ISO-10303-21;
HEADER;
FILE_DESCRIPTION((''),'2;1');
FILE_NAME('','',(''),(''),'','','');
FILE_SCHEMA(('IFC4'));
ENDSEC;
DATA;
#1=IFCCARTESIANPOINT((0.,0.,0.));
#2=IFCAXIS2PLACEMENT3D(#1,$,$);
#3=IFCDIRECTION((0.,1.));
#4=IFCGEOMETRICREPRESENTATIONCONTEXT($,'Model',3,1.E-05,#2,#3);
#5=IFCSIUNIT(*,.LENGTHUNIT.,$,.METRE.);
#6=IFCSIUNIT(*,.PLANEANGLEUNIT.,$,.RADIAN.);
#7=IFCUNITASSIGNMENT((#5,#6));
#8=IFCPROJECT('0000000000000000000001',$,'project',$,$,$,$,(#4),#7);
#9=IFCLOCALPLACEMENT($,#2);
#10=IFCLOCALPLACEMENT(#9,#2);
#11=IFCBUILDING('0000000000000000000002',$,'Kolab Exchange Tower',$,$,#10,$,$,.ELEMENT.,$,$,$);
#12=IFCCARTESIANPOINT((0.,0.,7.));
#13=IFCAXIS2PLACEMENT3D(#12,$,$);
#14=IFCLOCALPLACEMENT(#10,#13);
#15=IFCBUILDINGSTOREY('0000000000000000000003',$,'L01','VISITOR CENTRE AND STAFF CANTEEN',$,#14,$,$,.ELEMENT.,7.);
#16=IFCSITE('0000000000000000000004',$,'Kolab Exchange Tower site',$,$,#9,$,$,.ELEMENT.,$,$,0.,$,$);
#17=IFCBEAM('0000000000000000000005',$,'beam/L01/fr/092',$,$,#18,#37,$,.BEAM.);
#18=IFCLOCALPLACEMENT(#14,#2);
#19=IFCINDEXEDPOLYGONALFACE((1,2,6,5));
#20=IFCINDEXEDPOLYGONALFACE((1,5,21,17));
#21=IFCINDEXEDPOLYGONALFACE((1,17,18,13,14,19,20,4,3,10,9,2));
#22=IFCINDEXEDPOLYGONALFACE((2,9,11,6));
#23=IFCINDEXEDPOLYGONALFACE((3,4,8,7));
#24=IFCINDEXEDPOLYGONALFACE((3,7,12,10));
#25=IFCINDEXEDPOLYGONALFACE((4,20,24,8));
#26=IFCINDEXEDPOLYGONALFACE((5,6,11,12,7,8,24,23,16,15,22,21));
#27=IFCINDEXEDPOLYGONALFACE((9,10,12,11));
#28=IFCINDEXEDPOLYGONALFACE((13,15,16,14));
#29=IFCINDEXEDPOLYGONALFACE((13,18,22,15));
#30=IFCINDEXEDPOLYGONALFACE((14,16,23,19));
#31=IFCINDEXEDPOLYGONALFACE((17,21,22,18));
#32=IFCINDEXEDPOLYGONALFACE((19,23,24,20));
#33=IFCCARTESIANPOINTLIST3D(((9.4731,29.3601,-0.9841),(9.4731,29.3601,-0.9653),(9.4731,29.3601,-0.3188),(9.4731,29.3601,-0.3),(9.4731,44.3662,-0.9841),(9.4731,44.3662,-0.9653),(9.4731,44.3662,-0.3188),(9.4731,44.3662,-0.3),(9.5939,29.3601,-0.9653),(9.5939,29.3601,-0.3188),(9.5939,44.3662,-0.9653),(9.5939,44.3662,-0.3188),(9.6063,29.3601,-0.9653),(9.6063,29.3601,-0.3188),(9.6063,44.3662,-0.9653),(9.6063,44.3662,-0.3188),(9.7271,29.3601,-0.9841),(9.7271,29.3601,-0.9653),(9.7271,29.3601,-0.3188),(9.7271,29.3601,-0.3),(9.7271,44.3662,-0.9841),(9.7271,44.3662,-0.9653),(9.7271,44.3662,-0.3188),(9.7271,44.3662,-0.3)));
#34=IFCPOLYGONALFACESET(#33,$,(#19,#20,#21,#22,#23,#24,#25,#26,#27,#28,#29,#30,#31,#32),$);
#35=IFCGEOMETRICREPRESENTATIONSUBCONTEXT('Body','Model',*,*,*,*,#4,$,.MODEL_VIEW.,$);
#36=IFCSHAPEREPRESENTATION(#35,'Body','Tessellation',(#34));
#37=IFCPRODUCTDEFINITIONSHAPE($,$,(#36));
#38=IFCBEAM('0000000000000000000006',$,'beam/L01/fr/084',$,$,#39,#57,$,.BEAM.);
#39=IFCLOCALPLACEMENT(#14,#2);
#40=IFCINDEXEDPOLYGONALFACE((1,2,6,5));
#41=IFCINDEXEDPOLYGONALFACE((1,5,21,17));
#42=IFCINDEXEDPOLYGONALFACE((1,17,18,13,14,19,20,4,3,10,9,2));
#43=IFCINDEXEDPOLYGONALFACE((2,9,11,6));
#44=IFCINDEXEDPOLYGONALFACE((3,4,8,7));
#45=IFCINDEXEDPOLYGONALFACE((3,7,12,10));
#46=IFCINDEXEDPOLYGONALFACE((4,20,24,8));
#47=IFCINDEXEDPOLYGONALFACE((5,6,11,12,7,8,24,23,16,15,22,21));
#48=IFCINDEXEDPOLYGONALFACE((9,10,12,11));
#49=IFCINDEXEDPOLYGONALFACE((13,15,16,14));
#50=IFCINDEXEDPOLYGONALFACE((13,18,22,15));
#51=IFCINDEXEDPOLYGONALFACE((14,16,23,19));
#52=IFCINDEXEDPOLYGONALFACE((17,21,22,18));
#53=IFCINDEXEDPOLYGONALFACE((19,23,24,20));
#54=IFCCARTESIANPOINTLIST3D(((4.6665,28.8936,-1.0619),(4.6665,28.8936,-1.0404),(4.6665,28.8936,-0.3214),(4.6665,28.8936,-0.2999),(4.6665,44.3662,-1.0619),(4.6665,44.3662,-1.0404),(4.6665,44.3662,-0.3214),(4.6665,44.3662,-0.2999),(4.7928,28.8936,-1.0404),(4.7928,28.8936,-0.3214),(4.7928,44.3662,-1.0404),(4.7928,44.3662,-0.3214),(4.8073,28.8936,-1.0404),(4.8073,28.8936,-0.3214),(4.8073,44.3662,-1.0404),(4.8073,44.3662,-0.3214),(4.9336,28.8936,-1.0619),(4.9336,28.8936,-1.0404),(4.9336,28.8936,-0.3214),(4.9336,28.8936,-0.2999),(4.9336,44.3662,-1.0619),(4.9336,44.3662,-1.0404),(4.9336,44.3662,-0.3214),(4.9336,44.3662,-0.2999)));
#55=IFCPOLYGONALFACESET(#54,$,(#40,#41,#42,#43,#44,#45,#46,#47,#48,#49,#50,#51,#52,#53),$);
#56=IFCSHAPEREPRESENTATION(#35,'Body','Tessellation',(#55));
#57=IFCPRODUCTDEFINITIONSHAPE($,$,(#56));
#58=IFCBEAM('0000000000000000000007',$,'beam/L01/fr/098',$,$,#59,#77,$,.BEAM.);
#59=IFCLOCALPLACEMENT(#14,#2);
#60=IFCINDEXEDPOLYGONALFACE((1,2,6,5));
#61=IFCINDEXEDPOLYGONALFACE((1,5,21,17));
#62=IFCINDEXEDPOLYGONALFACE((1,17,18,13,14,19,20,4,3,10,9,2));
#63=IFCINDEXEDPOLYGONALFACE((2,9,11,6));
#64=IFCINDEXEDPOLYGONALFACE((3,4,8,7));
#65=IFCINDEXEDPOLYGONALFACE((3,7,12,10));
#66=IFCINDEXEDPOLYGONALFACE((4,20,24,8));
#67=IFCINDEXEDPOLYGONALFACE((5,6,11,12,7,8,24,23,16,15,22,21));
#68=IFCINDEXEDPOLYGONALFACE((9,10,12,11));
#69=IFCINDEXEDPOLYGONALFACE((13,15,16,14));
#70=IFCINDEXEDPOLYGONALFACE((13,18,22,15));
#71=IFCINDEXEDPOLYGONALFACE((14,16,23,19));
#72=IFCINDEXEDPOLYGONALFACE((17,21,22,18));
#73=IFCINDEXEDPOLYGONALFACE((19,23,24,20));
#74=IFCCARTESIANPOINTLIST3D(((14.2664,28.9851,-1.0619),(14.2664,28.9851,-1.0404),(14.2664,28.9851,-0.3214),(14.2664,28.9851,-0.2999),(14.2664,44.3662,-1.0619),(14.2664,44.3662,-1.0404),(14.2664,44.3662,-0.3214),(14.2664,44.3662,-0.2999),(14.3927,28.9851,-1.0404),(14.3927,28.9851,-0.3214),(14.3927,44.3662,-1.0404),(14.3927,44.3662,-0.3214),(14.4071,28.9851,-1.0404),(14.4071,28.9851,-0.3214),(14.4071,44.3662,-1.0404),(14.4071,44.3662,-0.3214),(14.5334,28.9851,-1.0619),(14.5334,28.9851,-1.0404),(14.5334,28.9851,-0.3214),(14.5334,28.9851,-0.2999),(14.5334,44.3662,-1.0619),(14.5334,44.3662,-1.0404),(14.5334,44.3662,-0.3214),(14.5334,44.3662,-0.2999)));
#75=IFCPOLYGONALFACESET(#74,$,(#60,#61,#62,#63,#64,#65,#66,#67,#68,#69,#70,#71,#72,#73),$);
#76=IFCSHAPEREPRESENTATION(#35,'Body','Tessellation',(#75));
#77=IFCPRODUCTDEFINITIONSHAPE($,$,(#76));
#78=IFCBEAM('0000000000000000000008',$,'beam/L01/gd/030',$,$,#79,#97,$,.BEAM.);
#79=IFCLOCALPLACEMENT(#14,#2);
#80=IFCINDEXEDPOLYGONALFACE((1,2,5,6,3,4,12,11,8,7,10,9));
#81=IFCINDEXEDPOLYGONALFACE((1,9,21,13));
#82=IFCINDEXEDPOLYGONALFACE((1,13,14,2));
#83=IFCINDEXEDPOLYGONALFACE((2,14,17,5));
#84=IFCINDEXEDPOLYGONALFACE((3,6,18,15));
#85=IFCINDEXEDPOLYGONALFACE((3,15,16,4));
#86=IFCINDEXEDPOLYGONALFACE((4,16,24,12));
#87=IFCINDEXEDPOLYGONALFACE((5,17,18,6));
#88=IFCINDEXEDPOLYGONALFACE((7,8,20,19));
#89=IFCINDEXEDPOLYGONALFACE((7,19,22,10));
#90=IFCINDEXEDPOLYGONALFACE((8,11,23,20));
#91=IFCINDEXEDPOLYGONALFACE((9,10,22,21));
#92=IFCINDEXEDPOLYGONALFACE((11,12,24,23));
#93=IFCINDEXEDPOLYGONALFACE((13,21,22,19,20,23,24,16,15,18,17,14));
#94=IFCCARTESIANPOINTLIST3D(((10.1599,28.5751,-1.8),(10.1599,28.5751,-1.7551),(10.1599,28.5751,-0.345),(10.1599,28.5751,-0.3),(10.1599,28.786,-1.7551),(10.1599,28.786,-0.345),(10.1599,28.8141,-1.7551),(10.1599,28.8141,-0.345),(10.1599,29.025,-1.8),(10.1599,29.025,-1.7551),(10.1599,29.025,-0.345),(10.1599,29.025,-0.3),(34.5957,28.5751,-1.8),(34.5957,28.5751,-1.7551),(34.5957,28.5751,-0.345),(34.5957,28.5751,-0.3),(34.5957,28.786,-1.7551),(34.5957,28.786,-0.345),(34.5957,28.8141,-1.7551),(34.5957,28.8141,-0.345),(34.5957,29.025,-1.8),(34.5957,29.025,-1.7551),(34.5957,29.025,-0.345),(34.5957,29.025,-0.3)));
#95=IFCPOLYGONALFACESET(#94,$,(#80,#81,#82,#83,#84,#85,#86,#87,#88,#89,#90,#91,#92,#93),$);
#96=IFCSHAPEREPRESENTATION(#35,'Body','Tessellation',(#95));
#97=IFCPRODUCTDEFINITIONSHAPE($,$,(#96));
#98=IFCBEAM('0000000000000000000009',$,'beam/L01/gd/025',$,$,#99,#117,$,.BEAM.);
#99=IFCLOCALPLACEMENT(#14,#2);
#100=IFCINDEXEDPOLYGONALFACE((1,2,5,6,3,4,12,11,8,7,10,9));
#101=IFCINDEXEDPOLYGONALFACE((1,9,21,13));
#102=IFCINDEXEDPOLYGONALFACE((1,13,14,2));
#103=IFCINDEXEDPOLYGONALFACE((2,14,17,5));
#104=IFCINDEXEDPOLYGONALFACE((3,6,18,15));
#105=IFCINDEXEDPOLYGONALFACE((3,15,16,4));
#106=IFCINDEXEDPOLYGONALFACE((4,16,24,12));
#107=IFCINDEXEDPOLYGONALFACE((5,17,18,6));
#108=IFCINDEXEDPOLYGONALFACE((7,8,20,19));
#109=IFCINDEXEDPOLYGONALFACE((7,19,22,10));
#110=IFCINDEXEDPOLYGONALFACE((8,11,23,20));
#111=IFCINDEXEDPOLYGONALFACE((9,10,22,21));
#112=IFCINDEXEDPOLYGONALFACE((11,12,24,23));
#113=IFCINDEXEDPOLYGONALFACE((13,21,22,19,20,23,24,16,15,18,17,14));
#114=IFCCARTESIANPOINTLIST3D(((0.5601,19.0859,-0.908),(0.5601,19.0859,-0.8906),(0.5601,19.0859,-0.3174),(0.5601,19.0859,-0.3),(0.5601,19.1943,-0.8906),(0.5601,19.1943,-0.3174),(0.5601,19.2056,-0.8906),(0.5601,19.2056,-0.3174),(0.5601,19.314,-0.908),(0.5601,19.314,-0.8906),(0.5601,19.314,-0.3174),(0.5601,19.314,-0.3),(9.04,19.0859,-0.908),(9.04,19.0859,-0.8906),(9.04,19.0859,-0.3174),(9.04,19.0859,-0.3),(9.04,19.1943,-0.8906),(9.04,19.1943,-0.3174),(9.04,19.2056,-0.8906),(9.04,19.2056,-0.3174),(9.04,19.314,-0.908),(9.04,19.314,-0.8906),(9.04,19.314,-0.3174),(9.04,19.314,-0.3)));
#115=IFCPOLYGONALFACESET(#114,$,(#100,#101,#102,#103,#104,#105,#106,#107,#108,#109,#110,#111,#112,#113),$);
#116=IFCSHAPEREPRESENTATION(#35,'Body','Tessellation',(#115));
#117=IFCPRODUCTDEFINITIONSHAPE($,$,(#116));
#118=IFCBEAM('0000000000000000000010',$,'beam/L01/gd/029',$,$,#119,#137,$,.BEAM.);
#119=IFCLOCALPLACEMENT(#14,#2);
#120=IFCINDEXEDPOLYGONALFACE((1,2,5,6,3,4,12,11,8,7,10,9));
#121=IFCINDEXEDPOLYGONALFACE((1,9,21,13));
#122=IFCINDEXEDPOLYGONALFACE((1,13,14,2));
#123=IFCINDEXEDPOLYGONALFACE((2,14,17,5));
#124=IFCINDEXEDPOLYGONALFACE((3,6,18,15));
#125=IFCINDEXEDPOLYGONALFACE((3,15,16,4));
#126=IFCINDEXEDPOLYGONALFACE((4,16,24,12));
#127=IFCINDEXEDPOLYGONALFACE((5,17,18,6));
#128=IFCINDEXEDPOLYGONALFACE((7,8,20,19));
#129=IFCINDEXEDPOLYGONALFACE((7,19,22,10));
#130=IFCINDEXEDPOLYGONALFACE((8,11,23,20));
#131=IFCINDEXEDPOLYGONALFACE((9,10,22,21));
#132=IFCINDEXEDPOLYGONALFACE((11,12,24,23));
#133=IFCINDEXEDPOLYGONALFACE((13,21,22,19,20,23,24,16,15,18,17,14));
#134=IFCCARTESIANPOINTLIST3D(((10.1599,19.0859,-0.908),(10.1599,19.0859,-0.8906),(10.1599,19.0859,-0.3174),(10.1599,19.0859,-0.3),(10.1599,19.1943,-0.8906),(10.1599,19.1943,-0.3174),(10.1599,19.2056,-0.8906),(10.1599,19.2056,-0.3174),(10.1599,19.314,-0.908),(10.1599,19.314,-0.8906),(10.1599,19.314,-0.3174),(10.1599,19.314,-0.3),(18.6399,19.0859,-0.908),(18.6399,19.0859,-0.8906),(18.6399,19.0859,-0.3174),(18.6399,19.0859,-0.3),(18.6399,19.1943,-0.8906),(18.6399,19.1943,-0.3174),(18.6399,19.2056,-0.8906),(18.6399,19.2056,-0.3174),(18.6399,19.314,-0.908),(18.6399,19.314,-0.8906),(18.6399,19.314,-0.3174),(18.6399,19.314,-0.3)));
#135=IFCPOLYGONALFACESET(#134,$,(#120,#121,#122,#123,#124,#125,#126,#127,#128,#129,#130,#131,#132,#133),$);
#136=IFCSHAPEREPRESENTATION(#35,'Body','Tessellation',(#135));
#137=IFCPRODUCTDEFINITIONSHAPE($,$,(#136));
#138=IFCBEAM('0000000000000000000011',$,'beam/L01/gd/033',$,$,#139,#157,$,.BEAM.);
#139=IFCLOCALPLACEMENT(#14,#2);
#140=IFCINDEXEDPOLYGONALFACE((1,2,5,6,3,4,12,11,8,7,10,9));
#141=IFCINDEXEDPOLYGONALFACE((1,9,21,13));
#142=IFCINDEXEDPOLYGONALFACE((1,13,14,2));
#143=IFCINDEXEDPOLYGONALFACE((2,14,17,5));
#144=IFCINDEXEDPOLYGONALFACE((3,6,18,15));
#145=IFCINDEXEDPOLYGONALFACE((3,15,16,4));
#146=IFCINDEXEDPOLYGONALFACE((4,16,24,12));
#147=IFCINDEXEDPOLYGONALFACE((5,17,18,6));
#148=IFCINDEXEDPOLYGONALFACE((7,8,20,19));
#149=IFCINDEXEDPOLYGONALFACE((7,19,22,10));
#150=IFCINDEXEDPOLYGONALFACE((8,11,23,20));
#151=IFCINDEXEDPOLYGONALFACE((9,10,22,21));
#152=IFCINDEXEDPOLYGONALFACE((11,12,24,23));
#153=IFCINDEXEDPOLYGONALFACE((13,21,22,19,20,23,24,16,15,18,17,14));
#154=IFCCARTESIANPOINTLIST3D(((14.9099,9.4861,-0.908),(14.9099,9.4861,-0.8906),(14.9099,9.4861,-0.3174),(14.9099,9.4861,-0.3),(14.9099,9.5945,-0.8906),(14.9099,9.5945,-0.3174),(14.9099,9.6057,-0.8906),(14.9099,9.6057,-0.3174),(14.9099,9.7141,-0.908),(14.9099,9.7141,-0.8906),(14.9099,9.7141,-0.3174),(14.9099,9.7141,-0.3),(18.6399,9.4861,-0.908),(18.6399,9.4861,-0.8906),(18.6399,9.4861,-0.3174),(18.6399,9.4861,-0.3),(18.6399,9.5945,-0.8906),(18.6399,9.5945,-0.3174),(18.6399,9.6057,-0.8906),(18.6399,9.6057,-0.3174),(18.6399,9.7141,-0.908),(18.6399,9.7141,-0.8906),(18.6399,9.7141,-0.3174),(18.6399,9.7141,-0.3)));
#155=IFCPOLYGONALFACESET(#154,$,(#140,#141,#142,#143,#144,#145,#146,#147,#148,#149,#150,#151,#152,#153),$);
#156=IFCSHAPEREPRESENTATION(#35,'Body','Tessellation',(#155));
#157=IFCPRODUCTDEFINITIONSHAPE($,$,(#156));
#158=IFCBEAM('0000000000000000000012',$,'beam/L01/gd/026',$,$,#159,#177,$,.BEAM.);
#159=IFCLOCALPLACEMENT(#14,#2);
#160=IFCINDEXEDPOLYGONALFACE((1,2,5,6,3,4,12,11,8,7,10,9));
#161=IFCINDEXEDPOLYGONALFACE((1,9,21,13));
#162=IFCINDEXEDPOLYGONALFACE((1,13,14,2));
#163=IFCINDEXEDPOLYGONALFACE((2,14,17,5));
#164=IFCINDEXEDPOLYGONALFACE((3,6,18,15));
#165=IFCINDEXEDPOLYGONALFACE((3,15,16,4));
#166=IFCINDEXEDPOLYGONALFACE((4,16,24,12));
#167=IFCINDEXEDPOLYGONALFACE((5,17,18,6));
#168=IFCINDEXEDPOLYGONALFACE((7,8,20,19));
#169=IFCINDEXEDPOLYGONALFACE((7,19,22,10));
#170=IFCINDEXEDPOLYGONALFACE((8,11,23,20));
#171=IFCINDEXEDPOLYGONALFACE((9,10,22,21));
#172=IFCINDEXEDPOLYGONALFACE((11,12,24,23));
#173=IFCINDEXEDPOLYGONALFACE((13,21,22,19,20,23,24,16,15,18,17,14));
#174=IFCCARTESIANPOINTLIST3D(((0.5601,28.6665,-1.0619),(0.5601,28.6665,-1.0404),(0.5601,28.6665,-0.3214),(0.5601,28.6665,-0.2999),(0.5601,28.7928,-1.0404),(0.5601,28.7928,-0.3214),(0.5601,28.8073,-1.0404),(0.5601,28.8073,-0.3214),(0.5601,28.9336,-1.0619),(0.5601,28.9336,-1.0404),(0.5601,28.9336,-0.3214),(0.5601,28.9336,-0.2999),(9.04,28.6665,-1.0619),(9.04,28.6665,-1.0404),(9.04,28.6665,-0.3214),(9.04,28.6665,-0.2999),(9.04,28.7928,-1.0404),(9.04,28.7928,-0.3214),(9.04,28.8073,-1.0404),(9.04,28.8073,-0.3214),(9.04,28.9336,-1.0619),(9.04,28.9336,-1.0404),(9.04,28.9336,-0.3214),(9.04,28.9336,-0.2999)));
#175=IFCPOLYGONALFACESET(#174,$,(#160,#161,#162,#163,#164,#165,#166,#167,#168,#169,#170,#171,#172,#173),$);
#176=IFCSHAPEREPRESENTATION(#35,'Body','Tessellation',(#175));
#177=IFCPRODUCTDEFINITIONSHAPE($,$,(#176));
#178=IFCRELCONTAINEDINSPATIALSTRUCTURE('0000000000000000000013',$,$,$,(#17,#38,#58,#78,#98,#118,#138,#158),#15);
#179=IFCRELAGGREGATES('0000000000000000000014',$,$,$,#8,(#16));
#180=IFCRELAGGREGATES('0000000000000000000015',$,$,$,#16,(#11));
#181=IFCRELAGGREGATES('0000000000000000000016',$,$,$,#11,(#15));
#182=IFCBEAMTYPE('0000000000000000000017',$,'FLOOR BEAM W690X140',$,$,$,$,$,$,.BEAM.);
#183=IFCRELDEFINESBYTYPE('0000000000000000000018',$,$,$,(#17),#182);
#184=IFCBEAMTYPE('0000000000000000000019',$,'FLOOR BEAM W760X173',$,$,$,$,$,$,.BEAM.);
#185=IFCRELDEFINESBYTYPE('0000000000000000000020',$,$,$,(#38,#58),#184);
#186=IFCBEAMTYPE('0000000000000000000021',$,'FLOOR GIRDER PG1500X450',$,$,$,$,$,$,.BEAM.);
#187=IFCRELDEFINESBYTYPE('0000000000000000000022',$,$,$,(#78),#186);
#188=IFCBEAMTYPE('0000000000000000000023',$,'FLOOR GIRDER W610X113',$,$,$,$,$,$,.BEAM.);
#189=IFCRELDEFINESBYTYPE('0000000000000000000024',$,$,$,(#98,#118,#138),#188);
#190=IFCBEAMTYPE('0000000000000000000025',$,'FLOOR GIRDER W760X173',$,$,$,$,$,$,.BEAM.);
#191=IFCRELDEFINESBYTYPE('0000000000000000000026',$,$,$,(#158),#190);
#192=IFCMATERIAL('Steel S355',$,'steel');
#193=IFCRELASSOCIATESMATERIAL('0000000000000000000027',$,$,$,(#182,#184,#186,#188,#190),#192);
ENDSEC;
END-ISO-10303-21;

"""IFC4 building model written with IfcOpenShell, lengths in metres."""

from ifc_helpers import new_model, si_unit, direction, frame, origin, origin_2d, place, context, subcontext, project, spatial, i_section, extrude, material, material_profile, profile_set, type_object, element, save


model = new_model("IFC4")

# Units and contexts
model_context = context("Model", 3, precision=1e-05, world=origin(), true_north=direction((0.0, 1.0)))
body_context = subcontext(model_context, "Body", "Model", "MODEL_VIEW")
ifc_project = project(units=[si_unit("LENGTHUNIT", "METRE"), si_unit("PLANEANGLEUNIT", "RADIAN")], contexts=[model_context])

# Site, building, storey
site_placement = place(None, origin())
site = spatial("IfcSite", under=ifc_project, at=site_placement, Name="Kolab Exchange Tower site", CompositionType="ELEMENT", RefElevation=0.0)
building_placement = place(site_placement, origin())
building = spatial("IfcBuilding", under=site, at=building_placement, Name="Kolab Exchange Tower", CompositionType="ELEMENT")
storey_placement = place(building_placement, frame((0.0, 0.0, 7.0)))
storey = spatial("IfcBuildingStorey", under=building, at=storey_placement, Name="L01", Description="VISITOR CENTRE AND STAFF CANTEEN", CompositionType="ELEMENT", Elevation=7.0)

# Beams
ifc_material_1 = material(Name="Steel S355", Category="steel")
ifc_material_profile_1 = material_profile(ifc_material_1, i_section(OverallWidth=0.2539, OverallDepth=0.6841, WebThickness=0.0125, FlangeThickness=0.0188, at=origin_2d()), Name="W690X140")
ifc_profile_set_1 = profile_set([ifc_material_profile_1], Name="Steel S355")
beam_type_1 = type_object("IfcBeamType", Name="FLOOR BEAM W690X140", PredefinedType="BEAM", material=ifc_profile_set_1)
beam_1_placement = place(storey_placement, frame((9.6001, 29.3601, -0.6421), z_axis=(0.0, 1.0, 0.0), x_axis=(-1.0, 0.0, 0.0)))
element("IfcBeam", 1, at=beam_1_placement, inside=storey, type_object=beam_type_1, Name="beam/L01/fr/092", PredefinedType="BEAM", context=body_context, shape_type="SweptSolid", body=[
    extrude(i_section(OverallWidth=0.2539, OverallDepth=0.6841, WebThickness=0.0125, FlangeThickness=0.0188, at=origin_2d()), origin(), (0.0, 0.0, 1.0), 15.0061),
])
ifc_material_profile_2 = material_profile(ifc_material_1, i_section(OverallWidth=0.2671, OverallDepth=0.762, WebThickness=0.0144, FlangeThickness=0.0215, at=origin_2d()), Name="W760X173")
ifc_profile_set_2 = profile_set([ifc_material_profile_2], Name="Steel S355")
beam_type_2 = type_object("IfcBeamType", Name="FLOOR BEAM W760X173", PredefinedType="BEAM", material=ifc_profile_set_2)
beam_2_placement = place(storey_placement, frame((4.8, 28.8936, -0.6809), z_axis=(0.0, 1.0, 0.0), x_axis=(-1.0, 0.0, 0.0)))
element("IfcBeam", 2, at=beam_2_placement, inside=storey, type_object=beam_type_2, Name="beam/L01/fr/084", PredefinedType="BEAM", context=body_context, shape_type="SweptSolid", body=[
    extrude(i_section(OverallWidth=0.2671, OverallDepth=0.762, WebThickness=0.0144, FlangeThickness=0.0215, at=origin_2d()), origin(), (0.0, 0.0, 1.0), 15.4727),
])
beam_3_placement = place(storey_placement, frame((14.3999, 28.9851, -0.6809), z_axis=(0.0, 1.0, 0.0), x_axis=(-1.0, 0.0, 0.0)))
element("IfcBeam", 3, at=beam_3_placement, inside=storey, type_object=beam_type_2, Name="beam/L01/fr/098", PredefinedType="BEAM", context=body_context, shape_type="SweptSolid", body=[
    extrude(i_section(OverallWidth=0.2671, OverallDepth=0.762, WebThickness=0.0144, FlangeThickness=0.0215, at=origin_2d()), origin(), (0.0, 0.0, 1.0), 15.3811),
])
ifc_material_profile_3 = material_profile(ifc_material_1, i_section(OverallWidth=0.45, OverallDepth=1.5, WebThickness=0.0281, FlangeThickness=0.0449, at=origin_2d()), Name="PG1500X450")
ifc_profile_set_3 = profile_set([ifc_material_profile_3], Name="Steel S355")
beam_type_3 = type_object("IfcBeamType", Name="FLOOR GIRDER PG1500X450", PredefinedType="BEAM", material=ifc_profile_set_3)
beam_4_placement = place(storey_placement, frame((10.1599, 28.8, -1.05), z_axis=(1.0, 0.0, 0.0), x_axis=(0.0, 1.0, 0.0)))
element("IfcBeam", 4, at=beam_4_placement, inside=storey, type_object=beam_type_3, Name="beam/L01/gd/030", PredefinedType="BEAM", context=body_context, shape_type="SweptSolid", body=[
    extrude(i_section(OverallWidth=0.45, OverallDepth=1.5, WebThickness=0.0281, FlangeThickness=0.0449, at=origin_2d()), origin(), (0.0, 0.0, 1.0), 24.4358),
])
ifc_material_profile_4 = material_profile(ifc_material_1, i_section(OverallWidth=0.228, OverallDepth=0.6079, WebThickness=0.0112, FlangeThickness=0.0173, at=origin_2d()), Name="W610X113")
ifc_profile_set_4 = profile_set([ifc_material_profile_4], Name="Steel S355")
beam_type_4 = type_object("IfcBeamType", Name="FLOOR GIRDER W610X113", PredefinedType="BEAM", material=ifc_profile_set_4)
for number, where, z_axis, x_axis, name in (
    (5, (0.5601, 19.2, -0.604), (1.0, 0.0, 0.0), (0.0, 1.0, 0.0), "beam/L01/gd/025"),
    (6, (10.1599, 19.2, -0.604), (1.0, 0.0, 0.0), (0.0, 1.0, 0.0), "beam/L01/gd/029"),
):
    element("IfcBeam", number, at=place(storey_placement, frame(where, z_axis=z_axis, x_axis=x_axis)), inside=storey, type_object=beam_type_4, Name=name, PredefinedType="BEAM", context=body_context, shape_type="SweptSolid", body=[
        extrude(i_section(OverallWidth=0.228, OverallDepth=0.6079, WebThickness=0.0112, FlangeThickness=0.0173, at=origin_2d()), origin(), (0.0, 0.0, 1.0), 8.48),
    ])
beam_5_placement = place(storey_placement, frame((14.9099, 9.6001, -0.604), z_axis=(1.0, 0.0, 0.0), x_axis=(0.0, 1.0, 0.0)))
element("IfcBeam", 7, at=beam_5_placement, inside=storey, type_object=beam_type_4, Name="beam/L01/gd/033", PredefinedType="BEAM", context=body_context, shape_type="SweptSolid", body=[
    extrude(i_section(OverallWidth=0.228, OverallDepth=0.6079, WebThickness=0.0112, FlangeThickness=0.0173, at=origin_2d()), origin(), (0.0, 0.0, 1.0), 3.73),
])
ifc_material_profile_5 = material_profile(ifc_material_1, i_section(OverallWidth=0.2671, OverallDepth=0.762, WebThickness=0.0144, FlangeThickness=0.0215, at=origin_2d()), Name="W760X173")
ifc_profile_set_5 = profile_set([ifc_material_profile_5], Name="Steel S355")
beam_type_5 = type_object("IfcBeamType", Name="FLOOR GIRDER W760X173", PredefinedType="BEAM", material=ifc_profile_set_5)
beam_6_placement = place(storey_placement, frame((0.5601, 28.8, -0.6809), z_axis=(1.0, 0.0, 0.0), x_axis=(0.0, 1.0, 0.0)))
element("IfcBeam", 8, at=beam_6_placement, inside=storey, type_object=beam_type_5, Name="beam/L01/gd/026", PredefinedType="BEAM", context=body_context, shape_type="SweptSolid", body=[
    extrude(i_section(OverallWidth=0.2671, OverallDepth=0.762, WebThickness=0.0144, FlangeThickness=0.0215, at=origin_2d()), origin(), (0.0, 0.0, 1.0), 8.48),
])

save(model, "model.ifc")
